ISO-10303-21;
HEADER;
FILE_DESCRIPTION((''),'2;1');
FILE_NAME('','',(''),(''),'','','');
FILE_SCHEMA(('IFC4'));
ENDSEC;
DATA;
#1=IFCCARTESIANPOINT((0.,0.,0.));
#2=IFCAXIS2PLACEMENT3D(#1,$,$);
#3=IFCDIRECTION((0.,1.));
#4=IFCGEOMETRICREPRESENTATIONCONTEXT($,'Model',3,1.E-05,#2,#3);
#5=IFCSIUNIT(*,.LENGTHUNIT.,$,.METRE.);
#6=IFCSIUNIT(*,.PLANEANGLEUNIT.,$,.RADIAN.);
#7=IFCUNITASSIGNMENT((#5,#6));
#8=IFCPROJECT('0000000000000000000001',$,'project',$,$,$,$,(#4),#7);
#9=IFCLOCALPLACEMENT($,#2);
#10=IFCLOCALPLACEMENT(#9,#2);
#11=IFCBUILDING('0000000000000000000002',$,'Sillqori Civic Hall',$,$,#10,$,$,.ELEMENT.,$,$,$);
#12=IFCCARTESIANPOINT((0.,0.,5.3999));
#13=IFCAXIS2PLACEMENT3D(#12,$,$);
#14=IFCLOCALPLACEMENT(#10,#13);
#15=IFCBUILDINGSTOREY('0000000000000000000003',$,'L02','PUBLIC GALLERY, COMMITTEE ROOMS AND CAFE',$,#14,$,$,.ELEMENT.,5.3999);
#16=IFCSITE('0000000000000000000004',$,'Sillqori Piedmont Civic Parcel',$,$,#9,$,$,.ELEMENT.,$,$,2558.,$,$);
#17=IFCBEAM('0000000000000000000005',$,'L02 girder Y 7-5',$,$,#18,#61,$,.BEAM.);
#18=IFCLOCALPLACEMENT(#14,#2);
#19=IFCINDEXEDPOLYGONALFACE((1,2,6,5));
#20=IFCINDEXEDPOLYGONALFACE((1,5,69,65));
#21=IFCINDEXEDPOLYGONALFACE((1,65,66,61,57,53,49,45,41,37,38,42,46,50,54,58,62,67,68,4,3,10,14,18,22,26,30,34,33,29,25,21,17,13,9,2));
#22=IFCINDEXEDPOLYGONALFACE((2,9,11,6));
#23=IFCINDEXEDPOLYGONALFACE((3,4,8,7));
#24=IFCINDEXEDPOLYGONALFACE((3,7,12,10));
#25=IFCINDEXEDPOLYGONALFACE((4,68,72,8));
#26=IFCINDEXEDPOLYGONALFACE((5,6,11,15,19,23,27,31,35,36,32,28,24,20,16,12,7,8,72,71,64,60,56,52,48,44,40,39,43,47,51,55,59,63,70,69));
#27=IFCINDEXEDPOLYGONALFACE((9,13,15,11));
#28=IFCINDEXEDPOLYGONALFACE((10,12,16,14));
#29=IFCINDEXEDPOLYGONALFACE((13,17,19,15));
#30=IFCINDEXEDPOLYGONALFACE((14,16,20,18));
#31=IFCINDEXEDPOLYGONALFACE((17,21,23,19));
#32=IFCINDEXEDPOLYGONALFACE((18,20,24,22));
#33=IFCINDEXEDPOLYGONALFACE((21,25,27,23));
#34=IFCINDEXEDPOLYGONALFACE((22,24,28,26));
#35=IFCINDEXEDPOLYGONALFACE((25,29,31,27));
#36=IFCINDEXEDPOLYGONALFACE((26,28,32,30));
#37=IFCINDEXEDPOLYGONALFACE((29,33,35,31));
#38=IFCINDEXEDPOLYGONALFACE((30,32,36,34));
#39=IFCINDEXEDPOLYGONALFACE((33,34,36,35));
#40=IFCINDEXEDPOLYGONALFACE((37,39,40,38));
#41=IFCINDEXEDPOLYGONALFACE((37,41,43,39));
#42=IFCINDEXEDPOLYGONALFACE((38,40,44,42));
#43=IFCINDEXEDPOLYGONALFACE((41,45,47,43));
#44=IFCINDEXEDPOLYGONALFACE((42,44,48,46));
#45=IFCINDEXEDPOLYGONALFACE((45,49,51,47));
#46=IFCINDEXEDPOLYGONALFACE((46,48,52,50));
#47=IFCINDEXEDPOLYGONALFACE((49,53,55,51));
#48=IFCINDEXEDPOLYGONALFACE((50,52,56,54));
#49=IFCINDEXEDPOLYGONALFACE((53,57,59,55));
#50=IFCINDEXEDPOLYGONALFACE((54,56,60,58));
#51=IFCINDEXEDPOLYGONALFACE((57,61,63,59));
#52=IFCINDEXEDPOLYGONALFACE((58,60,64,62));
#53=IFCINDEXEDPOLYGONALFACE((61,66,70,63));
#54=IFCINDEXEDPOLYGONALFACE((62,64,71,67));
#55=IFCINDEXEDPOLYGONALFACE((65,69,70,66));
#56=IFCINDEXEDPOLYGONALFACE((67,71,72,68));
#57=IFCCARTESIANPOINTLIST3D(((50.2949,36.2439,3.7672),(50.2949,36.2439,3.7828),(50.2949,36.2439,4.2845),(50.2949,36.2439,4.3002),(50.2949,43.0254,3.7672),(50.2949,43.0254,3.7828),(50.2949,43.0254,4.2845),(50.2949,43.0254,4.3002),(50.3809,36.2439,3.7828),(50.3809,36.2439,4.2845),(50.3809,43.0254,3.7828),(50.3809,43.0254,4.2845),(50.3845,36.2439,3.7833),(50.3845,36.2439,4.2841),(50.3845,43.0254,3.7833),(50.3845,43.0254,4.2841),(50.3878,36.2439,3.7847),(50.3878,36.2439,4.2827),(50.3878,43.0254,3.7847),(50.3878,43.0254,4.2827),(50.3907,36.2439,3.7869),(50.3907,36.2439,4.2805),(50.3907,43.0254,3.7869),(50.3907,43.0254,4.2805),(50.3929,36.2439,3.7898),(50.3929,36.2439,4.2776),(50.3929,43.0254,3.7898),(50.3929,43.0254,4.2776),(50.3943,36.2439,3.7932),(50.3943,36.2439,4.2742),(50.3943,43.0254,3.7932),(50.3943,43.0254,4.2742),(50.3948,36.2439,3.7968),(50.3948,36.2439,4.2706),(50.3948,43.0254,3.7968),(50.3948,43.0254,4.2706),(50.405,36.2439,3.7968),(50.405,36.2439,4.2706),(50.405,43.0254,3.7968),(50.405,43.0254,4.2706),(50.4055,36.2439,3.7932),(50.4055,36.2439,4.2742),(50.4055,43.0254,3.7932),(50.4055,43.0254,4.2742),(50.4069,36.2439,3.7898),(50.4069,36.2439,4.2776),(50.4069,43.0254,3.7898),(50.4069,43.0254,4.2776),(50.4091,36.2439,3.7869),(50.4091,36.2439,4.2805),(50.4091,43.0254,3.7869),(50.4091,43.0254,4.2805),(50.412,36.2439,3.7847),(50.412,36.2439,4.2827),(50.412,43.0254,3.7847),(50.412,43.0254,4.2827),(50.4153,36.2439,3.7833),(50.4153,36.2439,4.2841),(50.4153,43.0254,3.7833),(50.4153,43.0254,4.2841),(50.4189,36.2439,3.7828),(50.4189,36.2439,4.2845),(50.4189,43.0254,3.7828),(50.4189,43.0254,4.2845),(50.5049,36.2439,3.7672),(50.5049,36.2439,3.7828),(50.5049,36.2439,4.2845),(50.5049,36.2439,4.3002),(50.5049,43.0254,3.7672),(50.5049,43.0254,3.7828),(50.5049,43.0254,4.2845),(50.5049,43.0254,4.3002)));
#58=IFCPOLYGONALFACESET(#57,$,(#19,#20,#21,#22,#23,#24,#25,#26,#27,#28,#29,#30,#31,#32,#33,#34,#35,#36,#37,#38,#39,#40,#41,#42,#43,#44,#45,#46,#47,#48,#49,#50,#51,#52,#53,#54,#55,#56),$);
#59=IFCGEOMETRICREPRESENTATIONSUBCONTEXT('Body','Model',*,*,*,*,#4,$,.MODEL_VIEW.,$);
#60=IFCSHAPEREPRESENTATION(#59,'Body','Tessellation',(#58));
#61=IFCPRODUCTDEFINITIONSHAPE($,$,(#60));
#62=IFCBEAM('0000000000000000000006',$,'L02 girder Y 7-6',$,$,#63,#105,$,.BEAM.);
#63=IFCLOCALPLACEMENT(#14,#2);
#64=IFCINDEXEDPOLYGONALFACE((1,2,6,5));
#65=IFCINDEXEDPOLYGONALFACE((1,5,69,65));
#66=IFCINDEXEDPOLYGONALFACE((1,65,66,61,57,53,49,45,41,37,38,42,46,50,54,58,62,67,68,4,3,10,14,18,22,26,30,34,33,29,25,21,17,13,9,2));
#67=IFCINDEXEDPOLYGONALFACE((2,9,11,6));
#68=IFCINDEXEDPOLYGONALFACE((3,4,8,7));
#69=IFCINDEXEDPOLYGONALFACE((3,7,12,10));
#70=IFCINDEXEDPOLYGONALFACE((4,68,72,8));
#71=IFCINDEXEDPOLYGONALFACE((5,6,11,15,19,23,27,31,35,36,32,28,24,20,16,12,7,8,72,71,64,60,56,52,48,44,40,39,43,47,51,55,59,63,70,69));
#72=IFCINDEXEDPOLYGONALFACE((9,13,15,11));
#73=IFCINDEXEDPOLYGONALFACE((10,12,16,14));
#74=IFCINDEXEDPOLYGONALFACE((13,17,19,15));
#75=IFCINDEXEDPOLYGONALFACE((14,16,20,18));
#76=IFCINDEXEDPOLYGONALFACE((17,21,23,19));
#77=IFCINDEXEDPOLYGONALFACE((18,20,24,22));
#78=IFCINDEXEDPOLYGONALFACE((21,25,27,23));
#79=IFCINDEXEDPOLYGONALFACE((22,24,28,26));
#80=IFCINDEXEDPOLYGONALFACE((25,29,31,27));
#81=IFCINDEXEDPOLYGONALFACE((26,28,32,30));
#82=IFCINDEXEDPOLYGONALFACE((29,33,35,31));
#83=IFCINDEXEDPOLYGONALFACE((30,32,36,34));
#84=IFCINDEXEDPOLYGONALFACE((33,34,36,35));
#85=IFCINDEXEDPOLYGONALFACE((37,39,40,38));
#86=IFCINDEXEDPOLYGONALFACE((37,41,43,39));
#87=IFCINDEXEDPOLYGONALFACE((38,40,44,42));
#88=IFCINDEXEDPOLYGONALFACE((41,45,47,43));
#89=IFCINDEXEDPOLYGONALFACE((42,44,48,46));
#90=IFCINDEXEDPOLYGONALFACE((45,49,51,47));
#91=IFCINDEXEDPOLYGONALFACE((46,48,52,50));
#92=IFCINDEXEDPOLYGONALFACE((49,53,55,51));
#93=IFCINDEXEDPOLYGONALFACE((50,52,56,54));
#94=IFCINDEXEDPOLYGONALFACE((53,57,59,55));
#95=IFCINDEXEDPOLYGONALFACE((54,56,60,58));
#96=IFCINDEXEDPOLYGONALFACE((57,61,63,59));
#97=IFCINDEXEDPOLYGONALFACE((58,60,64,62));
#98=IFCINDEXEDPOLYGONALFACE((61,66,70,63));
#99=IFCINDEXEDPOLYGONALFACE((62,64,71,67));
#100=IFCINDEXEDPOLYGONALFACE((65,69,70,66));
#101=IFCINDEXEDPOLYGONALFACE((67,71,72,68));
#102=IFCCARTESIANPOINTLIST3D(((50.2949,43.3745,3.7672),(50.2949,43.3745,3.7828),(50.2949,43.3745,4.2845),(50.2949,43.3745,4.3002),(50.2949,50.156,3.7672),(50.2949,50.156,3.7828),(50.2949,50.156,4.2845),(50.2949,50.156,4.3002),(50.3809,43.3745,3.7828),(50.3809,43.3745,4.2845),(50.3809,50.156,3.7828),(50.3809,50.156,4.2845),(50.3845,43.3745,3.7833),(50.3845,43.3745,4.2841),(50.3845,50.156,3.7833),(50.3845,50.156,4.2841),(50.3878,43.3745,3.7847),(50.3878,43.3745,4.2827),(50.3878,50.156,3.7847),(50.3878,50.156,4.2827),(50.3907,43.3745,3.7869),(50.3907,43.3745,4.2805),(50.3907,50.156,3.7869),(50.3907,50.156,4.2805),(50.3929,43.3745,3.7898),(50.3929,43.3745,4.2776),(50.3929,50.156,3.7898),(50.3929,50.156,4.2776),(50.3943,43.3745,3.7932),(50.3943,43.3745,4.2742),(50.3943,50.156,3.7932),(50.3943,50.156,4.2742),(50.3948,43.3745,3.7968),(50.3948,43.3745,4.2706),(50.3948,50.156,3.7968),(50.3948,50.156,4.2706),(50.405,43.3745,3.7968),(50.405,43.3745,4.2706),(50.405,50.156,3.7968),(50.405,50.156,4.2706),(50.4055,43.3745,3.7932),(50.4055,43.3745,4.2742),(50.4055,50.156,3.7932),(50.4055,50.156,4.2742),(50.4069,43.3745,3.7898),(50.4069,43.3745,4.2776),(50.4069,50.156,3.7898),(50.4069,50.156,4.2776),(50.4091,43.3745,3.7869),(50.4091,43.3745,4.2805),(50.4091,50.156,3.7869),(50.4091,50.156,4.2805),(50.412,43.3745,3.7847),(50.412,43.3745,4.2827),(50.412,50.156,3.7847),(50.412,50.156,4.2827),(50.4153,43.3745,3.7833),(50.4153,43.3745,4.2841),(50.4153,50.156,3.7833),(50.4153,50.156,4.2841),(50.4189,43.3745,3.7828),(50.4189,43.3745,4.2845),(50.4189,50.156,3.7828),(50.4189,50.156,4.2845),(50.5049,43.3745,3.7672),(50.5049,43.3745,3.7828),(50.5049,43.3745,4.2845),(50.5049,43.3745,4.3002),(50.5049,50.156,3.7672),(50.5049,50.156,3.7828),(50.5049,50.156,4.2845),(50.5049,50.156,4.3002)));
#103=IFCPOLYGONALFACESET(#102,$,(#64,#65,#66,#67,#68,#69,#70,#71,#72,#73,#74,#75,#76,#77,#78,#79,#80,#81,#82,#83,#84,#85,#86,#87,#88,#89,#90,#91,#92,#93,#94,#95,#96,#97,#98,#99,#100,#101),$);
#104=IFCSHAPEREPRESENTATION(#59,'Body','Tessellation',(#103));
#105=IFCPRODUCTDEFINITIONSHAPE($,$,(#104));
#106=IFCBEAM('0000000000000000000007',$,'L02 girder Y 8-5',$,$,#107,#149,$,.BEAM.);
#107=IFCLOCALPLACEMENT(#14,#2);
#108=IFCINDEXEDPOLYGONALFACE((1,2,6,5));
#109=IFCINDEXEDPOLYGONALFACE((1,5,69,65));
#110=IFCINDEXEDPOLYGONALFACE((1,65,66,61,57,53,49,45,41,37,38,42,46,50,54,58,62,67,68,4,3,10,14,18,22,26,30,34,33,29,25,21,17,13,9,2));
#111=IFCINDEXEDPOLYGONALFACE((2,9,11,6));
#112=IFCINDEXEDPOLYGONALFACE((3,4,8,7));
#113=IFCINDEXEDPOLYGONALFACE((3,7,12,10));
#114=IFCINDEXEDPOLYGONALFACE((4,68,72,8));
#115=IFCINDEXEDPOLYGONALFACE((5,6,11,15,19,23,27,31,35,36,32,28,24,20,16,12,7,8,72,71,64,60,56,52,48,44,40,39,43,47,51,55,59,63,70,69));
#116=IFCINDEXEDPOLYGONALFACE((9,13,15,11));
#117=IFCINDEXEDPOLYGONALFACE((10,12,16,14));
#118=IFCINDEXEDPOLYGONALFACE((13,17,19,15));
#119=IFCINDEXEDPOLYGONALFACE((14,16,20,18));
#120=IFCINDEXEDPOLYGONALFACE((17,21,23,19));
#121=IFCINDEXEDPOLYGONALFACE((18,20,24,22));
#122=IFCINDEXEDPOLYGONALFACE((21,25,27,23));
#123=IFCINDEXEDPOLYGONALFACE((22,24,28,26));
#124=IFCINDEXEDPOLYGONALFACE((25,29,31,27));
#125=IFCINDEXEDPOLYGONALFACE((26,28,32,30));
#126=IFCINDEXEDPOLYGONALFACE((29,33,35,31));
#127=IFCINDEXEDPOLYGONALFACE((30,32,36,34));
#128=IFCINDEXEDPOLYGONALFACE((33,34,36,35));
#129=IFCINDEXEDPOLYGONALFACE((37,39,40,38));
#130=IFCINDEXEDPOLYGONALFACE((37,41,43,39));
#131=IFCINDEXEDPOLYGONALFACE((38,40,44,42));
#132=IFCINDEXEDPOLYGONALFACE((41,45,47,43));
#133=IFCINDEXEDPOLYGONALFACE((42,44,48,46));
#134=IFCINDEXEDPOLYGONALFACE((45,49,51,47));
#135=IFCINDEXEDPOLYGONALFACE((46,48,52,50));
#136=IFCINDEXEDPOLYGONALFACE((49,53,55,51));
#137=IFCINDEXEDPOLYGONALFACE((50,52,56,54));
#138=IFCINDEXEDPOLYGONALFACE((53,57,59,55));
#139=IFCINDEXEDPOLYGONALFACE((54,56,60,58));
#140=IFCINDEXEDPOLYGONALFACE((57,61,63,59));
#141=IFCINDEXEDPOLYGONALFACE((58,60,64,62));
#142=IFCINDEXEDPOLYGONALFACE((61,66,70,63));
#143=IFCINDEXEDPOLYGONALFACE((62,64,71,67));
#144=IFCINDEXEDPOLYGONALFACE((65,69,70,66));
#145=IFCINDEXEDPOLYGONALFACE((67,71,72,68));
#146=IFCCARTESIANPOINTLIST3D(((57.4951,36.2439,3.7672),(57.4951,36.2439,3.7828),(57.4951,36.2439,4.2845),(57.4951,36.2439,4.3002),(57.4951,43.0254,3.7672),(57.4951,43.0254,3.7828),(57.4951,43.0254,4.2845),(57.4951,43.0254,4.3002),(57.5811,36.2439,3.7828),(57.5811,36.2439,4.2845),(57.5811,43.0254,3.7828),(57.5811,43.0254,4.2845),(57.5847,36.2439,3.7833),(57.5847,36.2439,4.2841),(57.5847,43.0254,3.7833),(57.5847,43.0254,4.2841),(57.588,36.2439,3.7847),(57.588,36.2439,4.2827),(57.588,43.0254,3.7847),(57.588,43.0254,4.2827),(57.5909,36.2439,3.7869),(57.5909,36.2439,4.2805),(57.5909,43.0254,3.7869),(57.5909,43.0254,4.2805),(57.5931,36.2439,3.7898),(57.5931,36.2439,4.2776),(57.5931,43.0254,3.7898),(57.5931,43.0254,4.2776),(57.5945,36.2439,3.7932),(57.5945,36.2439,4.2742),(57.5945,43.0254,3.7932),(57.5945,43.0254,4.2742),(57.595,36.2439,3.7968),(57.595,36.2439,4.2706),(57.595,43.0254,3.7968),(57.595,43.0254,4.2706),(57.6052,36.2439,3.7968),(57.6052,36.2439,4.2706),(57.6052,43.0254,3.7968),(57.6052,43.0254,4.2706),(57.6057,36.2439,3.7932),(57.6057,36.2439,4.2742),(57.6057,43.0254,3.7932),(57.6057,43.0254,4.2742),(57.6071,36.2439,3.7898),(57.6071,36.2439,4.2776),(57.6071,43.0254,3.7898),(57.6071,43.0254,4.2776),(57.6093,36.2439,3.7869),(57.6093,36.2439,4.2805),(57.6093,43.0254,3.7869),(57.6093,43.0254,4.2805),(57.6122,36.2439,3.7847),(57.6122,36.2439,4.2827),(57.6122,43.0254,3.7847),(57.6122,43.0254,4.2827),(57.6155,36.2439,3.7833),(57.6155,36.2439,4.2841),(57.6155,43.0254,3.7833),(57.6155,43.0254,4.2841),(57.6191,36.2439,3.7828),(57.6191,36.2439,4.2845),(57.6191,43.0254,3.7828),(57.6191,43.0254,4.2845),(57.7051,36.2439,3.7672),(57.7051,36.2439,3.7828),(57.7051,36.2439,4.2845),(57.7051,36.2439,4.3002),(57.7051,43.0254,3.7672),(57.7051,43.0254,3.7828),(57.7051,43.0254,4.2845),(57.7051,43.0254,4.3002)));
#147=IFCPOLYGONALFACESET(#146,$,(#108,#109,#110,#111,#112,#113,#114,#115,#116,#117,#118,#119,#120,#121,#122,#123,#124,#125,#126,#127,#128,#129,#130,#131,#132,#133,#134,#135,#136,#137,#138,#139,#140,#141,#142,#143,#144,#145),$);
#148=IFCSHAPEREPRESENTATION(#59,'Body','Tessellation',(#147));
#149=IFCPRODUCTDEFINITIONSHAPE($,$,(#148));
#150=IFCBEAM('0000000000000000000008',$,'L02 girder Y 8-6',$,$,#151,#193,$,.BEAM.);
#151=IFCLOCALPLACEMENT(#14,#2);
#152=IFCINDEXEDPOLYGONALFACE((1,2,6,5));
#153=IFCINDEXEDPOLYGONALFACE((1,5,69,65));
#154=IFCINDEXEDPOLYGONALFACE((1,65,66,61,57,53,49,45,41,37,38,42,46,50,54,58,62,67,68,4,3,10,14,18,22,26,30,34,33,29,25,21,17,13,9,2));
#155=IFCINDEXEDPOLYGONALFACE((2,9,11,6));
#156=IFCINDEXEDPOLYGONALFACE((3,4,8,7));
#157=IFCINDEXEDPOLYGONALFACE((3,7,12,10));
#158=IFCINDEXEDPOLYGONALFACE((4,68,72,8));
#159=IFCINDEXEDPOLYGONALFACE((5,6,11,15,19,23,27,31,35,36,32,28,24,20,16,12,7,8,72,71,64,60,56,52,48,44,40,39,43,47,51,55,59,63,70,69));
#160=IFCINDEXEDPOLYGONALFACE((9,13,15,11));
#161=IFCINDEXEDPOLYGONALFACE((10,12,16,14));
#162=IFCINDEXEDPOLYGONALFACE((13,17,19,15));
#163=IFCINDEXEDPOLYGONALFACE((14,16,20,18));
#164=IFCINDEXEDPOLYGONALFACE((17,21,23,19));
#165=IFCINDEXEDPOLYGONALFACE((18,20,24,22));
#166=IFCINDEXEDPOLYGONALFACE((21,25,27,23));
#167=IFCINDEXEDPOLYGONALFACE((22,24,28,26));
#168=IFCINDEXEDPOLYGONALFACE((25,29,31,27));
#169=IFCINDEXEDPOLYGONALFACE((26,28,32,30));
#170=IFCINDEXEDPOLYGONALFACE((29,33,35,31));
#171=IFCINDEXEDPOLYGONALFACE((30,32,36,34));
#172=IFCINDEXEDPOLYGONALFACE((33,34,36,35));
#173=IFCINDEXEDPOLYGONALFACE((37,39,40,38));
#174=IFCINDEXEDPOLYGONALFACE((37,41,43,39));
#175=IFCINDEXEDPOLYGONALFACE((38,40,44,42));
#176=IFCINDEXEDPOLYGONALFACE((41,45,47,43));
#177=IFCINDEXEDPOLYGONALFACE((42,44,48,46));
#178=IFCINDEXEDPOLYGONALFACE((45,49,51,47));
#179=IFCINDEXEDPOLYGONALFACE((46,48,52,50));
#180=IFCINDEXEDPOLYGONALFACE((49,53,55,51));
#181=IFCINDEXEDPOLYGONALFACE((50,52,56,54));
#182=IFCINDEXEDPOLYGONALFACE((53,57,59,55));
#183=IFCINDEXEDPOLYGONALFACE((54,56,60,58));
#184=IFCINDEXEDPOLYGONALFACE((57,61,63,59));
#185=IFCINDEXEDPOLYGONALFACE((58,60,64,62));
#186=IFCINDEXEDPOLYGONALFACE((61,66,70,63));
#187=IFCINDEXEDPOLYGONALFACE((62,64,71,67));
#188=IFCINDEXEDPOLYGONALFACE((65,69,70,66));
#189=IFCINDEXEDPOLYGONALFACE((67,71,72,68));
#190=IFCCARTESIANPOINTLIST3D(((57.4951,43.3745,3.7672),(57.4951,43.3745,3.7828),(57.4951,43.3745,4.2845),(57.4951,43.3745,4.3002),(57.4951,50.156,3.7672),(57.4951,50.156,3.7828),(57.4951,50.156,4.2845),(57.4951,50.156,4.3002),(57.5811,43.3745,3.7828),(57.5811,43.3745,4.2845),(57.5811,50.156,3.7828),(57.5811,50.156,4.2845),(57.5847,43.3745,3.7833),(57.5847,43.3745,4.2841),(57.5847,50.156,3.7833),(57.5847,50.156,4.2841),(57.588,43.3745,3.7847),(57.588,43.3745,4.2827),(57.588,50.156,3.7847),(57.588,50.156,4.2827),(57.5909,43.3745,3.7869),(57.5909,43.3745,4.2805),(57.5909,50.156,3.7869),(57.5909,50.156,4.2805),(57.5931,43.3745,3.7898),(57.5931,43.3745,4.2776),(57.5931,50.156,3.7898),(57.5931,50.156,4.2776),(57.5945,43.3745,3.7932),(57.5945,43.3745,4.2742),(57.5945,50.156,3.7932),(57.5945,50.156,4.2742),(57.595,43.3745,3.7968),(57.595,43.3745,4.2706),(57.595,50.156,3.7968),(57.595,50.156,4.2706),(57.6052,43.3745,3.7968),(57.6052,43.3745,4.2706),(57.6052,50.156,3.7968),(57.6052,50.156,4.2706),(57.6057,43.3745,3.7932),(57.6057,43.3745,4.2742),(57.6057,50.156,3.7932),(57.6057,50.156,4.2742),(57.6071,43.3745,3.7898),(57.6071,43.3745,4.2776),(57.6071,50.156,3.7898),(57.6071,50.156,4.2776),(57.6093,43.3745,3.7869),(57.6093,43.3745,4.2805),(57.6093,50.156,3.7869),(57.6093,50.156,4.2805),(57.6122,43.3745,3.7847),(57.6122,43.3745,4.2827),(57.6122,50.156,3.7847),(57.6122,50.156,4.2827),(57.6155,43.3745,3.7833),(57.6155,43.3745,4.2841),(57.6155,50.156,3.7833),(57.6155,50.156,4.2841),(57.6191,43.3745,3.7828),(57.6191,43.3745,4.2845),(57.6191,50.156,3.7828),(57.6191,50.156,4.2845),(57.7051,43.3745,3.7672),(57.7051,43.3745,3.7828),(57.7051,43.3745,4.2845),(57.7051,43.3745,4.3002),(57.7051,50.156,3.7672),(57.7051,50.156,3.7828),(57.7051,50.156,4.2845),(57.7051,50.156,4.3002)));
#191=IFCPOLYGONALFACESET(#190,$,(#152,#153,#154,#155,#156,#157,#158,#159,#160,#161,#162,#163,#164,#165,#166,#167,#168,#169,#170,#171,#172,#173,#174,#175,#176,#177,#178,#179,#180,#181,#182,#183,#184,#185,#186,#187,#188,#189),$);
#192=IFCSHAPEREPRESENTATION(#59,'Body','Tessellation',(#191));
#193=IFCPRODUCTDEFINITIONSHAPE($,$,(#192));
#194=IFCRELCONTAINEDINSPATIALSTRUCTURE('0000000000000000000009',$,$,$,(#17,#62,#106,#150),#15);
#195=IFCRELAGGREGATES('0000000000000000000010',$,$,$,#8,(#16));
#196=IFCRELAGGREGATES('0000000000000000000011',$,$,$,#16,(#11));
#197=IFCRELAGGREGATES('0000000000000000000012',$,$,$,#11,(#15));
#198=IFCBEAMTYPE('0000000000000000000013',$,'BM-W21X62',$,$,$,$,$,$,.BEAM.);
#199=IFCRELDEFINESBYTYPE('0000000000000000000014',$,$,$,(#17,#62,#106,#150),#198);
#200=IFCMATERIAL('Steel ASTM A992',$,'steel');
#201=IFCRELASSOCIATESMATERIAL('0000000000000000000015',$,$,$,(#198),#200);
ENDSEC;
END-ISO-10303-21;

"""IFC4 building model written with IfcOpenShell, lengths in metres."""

from ifc_helpers import new_model, si_unit, direction, frame, origin, origin_2d, place, context, subcontext, project, spatial, i_section, extrude, material, material_profile, profile_set, type_object, element, save


model = new_model("IFC4")

# Units and contexts
model_context = context("Model", 3, precision=1e-05, world=origin(), true_north=direction((0.0, 1.0)))
body_context = subcontext(model_context, "Body", "Model", "MODEL_VIEW")
ifc_project = project(units=[si_unit("LENGTHUNIT", "METRE"), si_unit("PLANEANGLEUNIT", "RADIAN")], contexts=[model_context])

# Site, building, storey
site_placement = place(None, origin())
site = spatial("IfcSite", under=ifc_project, at=site_placement, Name="Sillqori Piedmont Civic Parcel", CompositionType="ELEMENT", RefElevation=2558.0)
building_placement = place(site_placement, origin())
building = spatial("IfcBuilding", under=site, at=building_placement, Name="Sillqori Civic Hall", CompositionType="ELEMENT")
storey_placement = place(building_placement, frame((0.0, 0.0, 5.3999)))
storey = spatial("IfcBuildingStorey", under=building, at=storey_placement, Name="L02", Description="PUBLIC GALLERY, COMMITTEE ROOMS AND CAFE", CompositionType="ELEMENT", Elevation=5.3999)

# Shared definitions
ifc_material_1 = material(Name="Steel ASTM A992", Category="steel")

# Beams
ifc_material_profile_1 = material_profile(ifc_material_1, i_section(OverallWidth=0.21, OverallDepth=0.533, WebThickness=0.0103, FlangeThickness=0.0156, FilletRadius=0.0139, at=origin_2d()), Name="W21X62")
ifc_profile_set_1 = profile_set([ifc_material_profile_1], Name="Steel ASTM A992")
beam_type_1 = type_object("IfcBeamType", Name="BM-W21X62", PredefinedType="BEAM", material=ifc_profile_set_1)
for number, where, z_axis, x_axis, name in (
    (1, (50.3999, 36.2439, 4.0337), (0.0, 1.0, 0.0), (-1.0, 0.0, 0.0), "L02 girder Y 7-5"),
    (2, (50.3999, 43.3745, 4.0337), (0.0, 1.0, 0.0), (-1.0, 0.0, 0.0), "L02 girder Y 7-6"),
    (3, (57.6001, 36.2439, 4.0337), (0.0, 1.0, 0.0), (-1.0, 0.0, 0.0), "L02 girder Y 8-5"),
    (4, (57.6001, 43.3745, 4.0337), (0.0, 1.0, 0.0), (-1.0, 0.0, 0.0), "L02 girder Y 8-6"),
):
    element("IfcBeam", number, at=place(storey_placement, frame(where, z_axis=z_axis, x_axis=x_axis)), inside=storey, type_object=beam_type_1, Name=name, PredefinedType="BEAM", context=body_context, shape_type="SweptSolid", body=[
        extrude(i_section(OverallWidth=0.21, OverallDepth=0.533, WebThickness=0.0103, FlangeThickness=0.0156, FilletRadius=0.0139, at=origin_2d()), origin(), (0.0, 0.0, 1.0), 6.7815),
    ])

save(model, "model.ifc")
